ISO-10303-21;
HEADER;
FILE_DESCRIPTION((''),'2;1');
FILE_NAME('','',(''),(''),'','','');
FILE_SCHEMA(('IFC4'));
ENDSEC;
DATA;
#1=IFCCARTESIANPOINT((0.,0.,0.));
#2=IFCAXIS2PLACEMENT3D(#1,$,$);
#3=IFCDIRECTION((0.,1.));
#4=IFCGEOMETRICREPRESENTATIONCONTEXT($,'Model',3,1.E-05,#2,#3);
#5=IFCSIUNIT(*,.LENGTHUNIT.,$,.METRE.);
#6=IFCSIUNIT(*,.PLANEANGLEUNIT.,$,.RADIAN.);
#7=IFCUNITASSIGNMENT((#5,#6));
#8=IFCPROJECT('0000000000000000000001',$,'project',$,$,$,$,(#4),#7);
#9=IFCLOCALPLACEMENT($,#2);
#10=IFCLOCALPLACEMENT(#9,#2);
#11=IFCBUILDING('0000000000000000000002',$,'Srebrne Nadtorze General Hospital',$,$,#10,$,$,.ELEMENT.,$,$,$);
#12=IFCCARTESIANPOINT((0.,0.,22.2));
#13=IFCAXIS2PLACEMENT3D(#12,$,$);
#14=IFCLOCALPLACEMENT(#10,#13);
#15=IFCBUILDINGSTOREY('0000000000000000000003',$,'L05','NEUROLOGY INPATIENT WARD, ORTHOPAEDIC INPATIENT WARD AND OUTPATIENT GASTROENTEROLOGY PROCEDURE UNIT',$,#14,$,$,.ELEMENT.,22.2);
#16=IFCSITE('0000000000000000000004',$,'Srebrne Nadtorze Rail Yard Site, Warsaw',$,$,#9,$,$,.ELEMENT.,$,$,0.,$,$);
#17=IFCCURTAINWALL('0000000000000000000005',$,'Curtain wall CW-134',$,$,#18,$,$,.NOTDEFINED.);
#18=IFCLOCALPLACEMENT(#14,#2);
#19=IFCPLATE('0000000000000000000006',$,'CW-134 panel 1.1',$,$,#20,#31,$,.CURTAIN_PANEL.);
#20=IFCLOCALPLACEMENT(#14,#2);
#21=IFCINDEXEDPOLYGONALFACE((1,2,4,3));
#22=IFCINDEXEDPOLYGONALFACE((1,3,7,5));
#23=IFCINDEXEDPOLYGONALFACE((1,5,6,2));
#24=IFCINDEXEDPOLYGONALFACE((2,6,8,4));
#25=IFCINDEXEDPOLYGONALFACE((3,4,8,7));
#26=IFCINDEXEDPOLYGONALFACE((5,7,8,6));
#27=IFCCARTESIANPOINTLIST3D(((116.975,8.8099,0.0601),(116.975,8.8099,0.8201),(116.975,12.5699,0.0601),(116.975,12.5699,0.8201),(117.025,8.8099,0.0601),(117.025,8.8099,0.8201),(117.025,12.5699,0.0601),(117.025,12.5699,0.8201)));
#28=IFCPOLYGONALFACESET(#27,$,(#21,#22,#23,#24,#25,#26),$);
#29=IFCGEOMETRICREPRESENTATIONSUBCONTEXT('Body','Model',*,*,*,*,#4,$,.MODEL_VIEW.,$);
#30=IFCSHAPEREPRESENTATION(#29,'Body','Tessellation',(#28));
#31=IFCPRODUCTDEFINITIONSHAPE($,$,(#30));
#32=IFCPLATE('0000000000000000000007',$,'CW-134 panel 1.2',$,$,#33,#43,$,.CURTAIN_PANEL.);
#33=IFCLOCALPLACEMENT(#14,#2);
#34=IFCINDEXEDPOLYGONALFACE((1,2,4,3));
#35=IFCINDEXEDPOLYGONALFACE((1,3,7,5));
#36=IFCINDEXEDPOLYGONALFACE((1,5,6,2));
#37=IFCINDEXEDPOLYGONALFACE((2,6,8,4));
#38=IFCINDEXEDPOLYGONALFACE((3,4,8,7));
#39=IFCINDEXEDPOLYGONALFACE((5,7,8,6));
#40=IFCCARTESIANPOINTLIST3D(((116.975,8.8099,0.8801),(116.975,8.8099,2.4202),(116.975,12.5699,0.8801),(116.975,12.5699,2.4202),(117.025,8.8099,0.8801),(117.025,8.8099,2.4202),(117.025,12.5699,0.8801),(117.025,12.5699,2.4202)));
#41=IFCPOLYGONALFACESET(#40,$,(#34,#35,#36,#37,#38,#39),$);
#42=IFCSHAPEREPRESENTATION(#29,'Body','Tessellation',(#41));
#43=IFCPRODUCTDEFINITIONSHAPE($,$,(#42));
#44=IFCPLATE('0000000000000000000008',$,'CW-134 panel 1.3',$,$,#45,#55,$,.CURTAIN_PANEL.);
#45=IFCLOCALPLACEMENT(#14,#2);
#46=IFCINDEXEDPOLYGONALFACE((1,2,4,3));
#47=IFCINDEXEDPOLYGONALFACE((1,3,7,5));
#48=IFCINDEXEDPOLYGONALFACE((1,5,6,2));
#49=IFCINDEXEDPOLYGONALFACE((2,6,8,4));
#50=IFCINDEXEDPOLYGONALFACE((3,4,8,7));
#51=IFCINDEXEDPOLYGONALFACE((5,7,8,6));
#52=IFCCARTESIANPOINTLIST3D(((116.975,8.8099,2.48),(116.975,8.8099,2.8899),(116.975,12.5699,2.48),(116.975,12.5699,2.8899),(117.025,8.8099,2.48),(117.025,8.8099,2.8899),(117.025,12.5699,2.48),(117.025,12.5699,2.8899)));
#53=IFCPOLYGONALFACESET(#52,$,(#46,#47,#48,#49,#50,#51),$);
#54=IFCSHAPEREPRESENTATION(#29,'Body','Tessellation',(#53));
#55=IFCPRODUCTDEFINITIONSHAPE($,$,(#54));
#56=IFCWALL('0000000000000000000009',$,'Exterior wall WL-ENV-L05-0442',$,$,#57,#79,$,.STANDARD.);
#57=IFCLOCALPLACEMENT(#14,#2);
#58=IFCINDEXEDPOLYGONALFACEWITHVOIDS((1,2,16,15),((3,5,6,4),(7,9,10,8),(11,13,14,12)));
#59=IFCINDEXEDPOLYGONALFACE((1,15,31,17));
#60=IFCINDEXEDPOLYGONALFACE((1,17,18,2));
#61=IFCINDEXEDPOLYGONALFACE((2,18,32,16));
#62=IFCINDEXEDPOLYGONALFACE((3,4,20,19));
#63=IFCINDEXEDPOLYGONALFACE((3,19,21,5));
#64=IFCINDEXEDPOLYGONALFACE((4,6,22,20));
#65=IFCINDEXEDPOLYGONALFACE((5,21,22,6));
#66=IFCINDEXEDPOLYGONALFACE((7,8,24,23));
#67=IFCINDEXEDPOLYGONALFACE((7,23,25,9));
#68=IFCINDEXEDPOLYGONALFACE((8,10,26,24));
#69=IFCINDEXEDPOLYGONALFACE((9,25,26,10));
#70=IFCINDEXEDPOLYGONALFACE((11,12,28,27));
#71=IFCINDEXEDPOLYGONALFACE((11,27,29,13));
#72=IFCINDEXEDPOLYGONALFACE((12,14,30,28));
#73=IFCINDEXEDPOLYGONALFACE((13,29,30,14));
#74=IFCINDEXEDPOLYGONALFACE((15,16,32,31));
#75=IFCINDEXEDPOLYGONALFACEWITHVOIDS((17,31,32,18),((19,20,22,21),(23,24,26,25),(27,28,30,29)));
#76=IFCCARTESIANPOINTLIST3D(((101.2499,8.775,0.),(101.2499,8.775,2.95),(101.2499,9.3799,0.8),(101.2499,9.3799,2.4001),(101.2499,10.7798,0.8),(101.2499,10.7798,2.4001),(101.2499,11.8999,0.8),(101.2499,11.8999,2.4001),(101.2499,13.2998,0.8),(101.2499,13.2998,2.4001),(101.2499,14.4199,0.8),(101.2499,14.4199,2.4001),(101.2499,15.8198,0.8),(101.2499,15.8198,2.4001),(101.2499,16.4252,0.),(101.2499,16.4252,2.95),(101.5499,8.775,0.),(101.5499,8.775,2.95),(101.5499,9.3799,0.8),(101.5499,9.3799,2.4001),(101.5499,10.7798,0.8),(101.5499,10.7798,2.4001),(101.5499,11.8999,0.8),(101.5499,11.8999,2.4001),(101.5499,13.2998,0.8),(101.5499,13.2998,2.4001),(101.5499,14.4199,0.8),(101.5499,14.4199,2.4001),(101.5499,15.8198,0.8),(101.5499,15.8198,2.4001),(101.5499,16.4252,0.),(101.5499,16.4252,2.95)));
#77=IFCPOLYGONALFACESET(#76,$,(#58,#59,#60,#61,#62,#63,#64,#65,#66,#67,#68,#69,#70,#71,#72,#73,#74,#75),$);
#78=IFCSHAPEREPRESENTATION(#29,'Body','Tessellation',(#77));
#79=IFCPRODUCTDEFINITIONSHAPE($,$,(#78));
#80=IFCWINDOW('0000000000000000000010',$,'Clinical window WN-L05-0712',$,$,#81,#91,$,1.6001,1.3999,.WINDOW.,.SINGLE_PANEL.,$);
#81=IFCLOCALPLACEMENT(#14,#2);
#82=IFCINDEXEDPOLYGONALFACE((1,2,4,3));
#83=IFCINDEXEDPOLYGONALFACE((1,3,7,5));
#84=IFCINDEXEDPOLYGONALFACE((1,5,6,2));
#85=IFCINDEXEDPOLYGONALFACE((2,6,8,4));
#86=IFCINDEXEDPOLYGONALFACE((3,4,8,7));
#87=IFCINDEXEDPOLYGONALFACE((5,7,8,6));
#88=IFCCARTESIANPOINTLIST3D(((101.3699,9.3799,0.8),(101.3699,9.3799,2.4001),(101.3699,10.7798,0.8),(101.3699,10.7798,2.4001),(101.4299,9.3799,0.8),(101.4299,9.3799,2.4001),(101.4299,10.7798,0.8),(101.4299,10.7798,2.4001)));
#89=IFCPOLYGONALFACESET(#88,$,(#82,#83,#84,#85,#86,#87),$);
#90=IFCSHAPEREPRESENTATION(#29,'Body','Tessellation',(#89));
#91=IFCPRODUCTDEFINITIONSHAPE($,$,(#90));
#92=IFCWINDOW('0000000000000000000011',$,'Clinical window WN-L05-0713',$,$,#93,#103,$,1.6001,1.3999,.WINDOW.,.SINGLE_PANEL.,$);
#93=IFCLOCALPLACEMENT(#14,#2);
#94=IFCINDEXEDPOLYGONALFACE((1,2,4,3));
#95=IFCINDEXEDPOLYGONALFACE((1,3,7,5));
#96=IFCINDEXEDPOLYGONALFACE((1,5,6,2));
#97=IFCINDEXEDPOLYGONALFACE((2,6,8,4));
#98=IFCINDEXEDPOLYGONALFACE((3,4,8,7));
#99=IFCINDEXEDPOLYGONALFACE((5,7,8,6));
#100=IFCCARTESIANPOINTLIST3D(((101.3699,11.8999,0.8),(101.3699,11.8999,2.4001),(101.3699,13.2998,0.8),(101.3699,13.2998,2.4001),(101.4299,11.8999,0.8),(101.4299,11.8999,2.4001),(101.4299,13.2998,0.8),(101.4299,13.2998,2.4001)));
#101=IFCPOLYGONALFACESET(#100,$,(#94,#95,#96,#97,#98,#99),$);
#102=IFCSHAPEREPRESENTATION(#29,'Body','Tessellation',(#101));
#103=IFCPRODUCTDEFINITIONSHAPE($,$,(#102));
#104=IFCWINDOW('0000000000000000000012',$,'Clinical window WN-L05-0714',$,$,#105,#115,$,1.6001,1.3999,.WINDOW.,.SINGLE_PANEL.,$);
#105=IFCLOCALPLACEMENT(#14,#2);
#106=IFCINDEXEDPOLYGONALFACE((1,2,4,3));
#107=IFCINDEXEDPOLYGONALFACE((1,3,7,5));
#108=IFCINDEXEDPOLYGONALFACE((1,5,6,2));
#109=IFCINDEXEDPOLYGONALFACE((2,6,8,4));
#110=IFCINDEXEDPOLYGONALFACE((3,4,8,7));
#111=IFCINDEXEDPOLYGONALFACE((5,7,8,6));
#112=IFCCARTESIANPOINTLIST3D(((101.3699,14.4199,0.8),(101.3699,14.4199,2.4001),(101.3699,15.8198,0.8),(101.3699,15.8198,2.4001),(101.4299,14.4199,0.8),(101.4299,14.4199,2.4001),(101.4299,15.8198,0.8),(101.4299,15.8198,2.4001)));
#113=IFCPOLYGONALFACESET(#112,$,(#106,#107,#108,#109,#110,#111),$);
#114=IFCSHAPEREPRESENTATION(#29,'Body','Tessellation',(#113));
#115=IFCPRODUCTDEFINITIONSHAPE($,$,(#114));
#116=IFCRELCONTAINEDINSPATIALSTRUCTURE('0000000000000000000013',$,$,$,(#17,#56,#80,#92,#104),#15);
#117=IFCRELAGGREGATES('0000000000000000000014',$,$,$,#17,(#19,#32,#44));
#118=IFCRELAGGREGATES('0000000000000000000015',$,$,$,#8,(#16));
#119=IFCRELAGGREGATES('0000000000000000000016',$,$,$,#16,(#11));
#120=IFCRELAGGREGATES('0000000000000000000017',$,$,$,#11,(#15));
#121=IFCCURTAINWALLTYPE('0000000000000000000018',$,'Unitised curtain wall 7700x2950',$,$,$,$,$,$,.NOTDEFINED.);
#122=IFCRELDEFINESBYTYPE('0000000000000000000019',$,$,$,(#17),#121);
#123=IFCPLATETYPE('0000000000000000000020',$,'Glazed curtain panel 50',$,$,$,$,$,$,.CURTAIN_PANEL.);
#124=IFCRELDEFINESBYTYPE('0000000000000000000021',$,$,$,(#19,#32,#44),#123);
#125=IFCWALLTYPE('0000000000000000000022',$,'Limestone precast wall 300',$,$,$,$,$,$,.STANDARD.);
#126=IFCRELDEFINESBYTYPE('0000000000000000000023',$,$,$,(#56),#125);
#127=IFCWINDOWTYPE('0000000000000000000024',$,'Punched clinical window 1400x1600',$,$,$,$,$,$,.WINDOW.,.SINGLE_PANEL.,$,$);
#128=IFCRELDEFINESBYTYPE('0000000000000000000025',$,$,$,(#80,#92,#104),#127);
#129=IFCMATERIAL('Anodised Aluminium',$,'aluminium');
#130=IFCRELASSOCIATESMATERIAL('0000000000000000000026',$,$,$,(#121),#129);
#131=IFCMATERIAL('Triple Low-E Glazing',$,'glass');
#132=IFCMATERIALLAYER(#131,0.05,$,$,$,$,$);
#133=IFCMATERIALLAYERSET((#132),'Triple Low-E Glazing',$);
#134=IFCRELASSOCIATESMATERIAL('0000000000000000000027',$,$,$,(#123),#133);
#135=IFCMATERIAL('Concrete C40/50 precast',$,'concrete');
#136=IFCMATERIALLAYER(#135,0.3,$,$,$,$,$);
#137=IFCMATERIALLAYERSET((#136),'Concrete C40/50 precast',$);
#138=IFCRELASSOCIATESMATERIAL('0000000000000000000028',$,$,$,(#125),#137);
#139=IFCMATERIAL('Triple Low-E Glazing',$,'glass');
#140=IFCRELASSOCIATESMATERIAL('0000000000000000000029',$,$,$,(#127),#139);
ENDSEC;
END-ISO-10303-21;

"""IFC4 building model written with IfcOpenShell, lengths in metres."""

from ifc_helpers import new_model, si_unit, direction, frame, frame_2d, origin, origin_2d, place, context, subcontext, project, spatial, rectangle, extrude, material, layer, layer_set, type_object, element, fill, aggregate, save


model = new_model("IFC4")

# Units and contexts
model_context = context("Model", 3, precision=1e-05, world=origin(), true_north=direction((0.0, 1.0)))
body_context = subcontext(model_context, "Body", "Model", "MODEL_VIEW")
ifc_project = project(units=[si_unit("LENGTHUNIT", "METRE"), si_unit("PLANEANGLEUNIT", "RADIAN")], contexts=[model_context])

# Site, building, storey
site_placement = place(None, origin())
site = spatial("IfcSite", under=ifc_project, at=site_placement, Name="Srebrne Nadtorze Rail Yard Site, Warsaw", CompositionType="ELEMENT", RefElevation=0.0)
building_placement = place(site_placement, origin())
building = spatial("IfcBuilding", under=site, at=building_placement, Name="Srebrne Nadtorze General Hospital", CompositionType="ELEMENT")
storey_placement = place(building_placement, frame((0.0, 0.0, 22.2)))
storey = spatial("IfcBuildingStorey", under=building, at=storey_placement, Name="L05", Description="NEUROLOGY INPATIENT WARD, ORTHOPAEDIC INPATIENT WARD AND OUTPATIENT GASTROENTEROLOGY PROCEDURE UNIT", CompositionType="ELEMENT", Elevation=22.2)

# Curtain wall
ifc_material_1 = material(Name="Anodised Aluminium", Category="aluminium")
curtain_wall_type = type_object("IfcCurtainWallType", Name="Unitised curtain wall 7700x2950", PredefinedType="NOTDEFINED", material=ifc_material_1)
curtain_wall_placement = place(storey_placement, origin())
curtain_wall = element("IfcCurtainWall", 1, at=curtain_wall_placement, inside=storey, type_object=curtain_wall_type, Name="Curtain wall CW-134", PredefinedType="NOTDEFINED")

# Plates
ifc_material_2 = material(Name="Triple Low-E Glazing", Category="glass")
ifc_layer_1 = layer(ifc_material_2, 0.05)
ifc_layer_set_1 = layer_set([ifc_layer_1], Name="Triple Low-E Glazing")
plate_type = type_object("IfcPlateType", Name="Glazed curtain panel 50", PredefinedType="CURTAIN_PANEL", material=ifc_layer_set_1)
plate_1_placement = place(storey_placement, frame((117.0, 10.6899, 0.0601), z_axis=(0.0, 0.0, 1.0), x_axis=(0.0, 1.0, 0.0)))
plate_1 = element("IfcPlate", 2, at=plate_1_placement, type_object=plate_type, Name="CW-134 panel 1.1", PredefinedType="CURTAIN_PANEL", context=body_context, shape_type="SweptSolid", body=[
    extrude(rectangle(XDim=3.76, YDim=0.05, at=origin_2d()), origin(), (0.0, 0.0, 1.0), 0.76),
])
plate_2_placement = place(storey_placement, frame((117.0, 10.6899, 0.8801), z_axis=(0.0, 0.0, 1.0), x_axis=(0.0, 1.0, 0.0)))
plate_2 = element("IfcPlate", 3, at=plate_2_placement, type_object=plate_type, Name="CW-134 panel 1.2", PredefinedType="CURTAIN_PANEL", context=body_context, shape_type="SweptSolid", body=[
    extrude(rectangle(XDim=3.76, YDim=0.05, at=origin_2d()), origin(), (0.0, 0.0, 1.0), 1.54),
])
plate_3_placement = place(storey_placement, frame((117.0, 10.6899, 2.48), z_axis=(0.0, 0.0, 1.0), x_axis=(0.0, 1.0, 0.0)))
plate_3 = element("IfcPlate", 4, at=plate_3_placement, type_object=plate_type, Name="CW-134 panel 1.3", PredefinedType="CURTAIN_PANEL", context=body_context, shape_type="SweptSolid", body=[
    extrude(rectangle(XDim=3.76, YDim=0.05, at=origin_2d()), origin(), (0.0, 0.0, 1.0), 0.4099),
])
aggregate(curtain_wall, [plate_1, plate_2, plate_3])

# Wall, openings, windows
ifc_material_3 = material(Name="Concrete C40/50 precast", Category="concrete")
ifc_layer_2 = layer(ifc_material_3, 0.3)
ifc_layer_set_2 = layer_set([ifc_layer_2], Name="Concrete C40/50 precast")
wall_type_1 = type_object("IfcWallType", Name="Limestone precast wall 300", PredefinedType="STANDARD", material=ifc_layer_set_2)
wall_1_placement = place(storey_placement, frame((101.3999, 8.7749, 0.0), z_axis=(0.0, 0.0, 1.0), x_axis=(0.0, 1.0, 0.0)))
wall_1 = element("IfcWall", 5, at=wall_1_placement, inside=storey, type_object=wall_type_1, Name="Exterior wall WL-ENV-L05-0442", PredefinedType="STANDARD", context=body_context, shape_type="SweptSolid", body=[
    extrude(rectangle(XDim=7.6501, YDim=0.3, at=frame_2d((3.8252, 0.0))), origin(), (0.0, 0.0, 1.0), 2.95),
])
opening_1_placement = place(wall_1_placement, frame((0.605, 0.0, 0.8)))
opening_1 = element("IfcOpeningElement", 6, at=opening_1_placement, cuts=wall_1, PredefinedType="OPENING", context=body_context, shape_type="SweptSolid", body=[
    extrude(rectangle(XDim=1.3999, YDim=1.6001, at=frame_2d((0.7, 0.8))), frame((0.0, 0.1621, 0.0), z_axis=(0.0, -1.0, 0.0), x_axis=(1.0, 0.0, 0.0)), (0.0, 0.0, 1.0), 0.324),
])
opening_2_placement = place(wall_1_placement, frame((3.125, 0.0, 0.8)))
opening_2 = element("IfcOpeningElement", 7, at=opening_2_placement, cuts=wall_1, PredefinedType="OPENING", context=body_context, shape_type="SweptSolid", body=[
    extrude(rectangle(XDim=1.3999, YDim=1.6001, at=frame_2d((0.7, 0.8))), frame((0.0, 0.1621, 0.0), z_axis=(0.0, -1.0, 0.0), x_axis=(1.0, 0.0, 0.0)), (0.0, 0.0, 1.0), 0.324),
])
opening_3_placement = place(wall_1_placement, frame((5.645, 0.0, 0.8)))
opening_3 = element("IfcOpeningElement", 8, at=opening_3_placement, cuts=wall_1, PredefinedType="OPENING", context=body_context, shape_type="SweptSolid", body=[
    extrude(rectangle(XDim=1.3999, YDim=1.6001, at=frame_2d((0.7, 0.8))), frame((0.0, 0.1621, 0.0), z_axis=(0.0, -1.0, 0.0), x_axis=(1.0, 0.0, 0.0)), (0.0, 0.0, 1.0), 0.324),
])
ifc_material_4 = material(Name="Triple Low-E Glazing", Category="glass")
window_type_1 = type_object("IfcWindowType", Name="Punched clinical window 1400x1600", PartitioningType="SINGLE_PANEL", PredefinedType="WINDOW", material=ifc_material_4)
window_1_placement = place(opening_1_placement, origin())
window_1 = element("IfcWindow", 9, at=window_1_placement, inside=storey, type_object=window_type_1, Name="Clinical window WN-L05-0712", OverallHeight=1.6001, OverallWidth=1.3999, PartitioningType="SINGLE_PANEL", PredefinedType="WINDOW", context=body_context, shape_type="SweptSolid", body=[
    extrude(rectangle(XDim=1.3999, YDim=1.6001, at=frame_2d((0.7, 0.8))), frame((0.0, 0.03, 0.0), z_axis=(0.0, -1.0, 0.0), x_axis=(1.0, 0.0, 0.0)), (0.0, 0.0, 1.0), 0.0601),
])
fill(opening_1, window_1)
window_2_placement = place(opening_2_placement, origin())
window_2 = element("IfcWindow", 10, at=window_2_placement, inside=storey, type_object=window_type_1, Name="Clinical window WN-L05-0713", OverallHeight=1.6001, OverallWidth=1.3999, PartitioningType="SINGLE_PANEL", PredefinedType="WINDOW", context=body_context, shape_type="SweptSolid", body=[
    extrude(rectangle(XDim=1.3999, YDim=1.6001, at=frame_2d((0.7, 0.8))), frame((0.0, 0.03, 0.0), z_axis=(0.0, -1.0, 0.0), x_axis=(1.0, 0.0, 0.0)), (0.0, 0.0, 1.0), 0.0601),
])
fill(opening_2, window_2)
window_3_placement = place(opening_3_placement, origin())
window_3 = element("IfcWindow", 11, at=window_3_placement, inside=storey, type_object=window_type_1, Name="Clinical window WN-L05-0714", OverallHeight=1.6001, OverallWidth=1.3999, PartitioningType="SINGLE_PANEL", PredefinedType="WINDOW", context=body_context, shape_type="SweptSolid", body=[
    extrude(rectangle(XDim=1.3999, YDim=1.6001, at=frame_2d((0.7, 0.8))), frame((0.0, 0.03, 0.0), z_axis=(0.0, -1.0, 0.0), x_axis=(1.0, 0.0, 0.0)), (0.0, 0.0, 1.0), 0.0601),
])
fill(opening_3, window_3)

save(model, "model.ifc")
